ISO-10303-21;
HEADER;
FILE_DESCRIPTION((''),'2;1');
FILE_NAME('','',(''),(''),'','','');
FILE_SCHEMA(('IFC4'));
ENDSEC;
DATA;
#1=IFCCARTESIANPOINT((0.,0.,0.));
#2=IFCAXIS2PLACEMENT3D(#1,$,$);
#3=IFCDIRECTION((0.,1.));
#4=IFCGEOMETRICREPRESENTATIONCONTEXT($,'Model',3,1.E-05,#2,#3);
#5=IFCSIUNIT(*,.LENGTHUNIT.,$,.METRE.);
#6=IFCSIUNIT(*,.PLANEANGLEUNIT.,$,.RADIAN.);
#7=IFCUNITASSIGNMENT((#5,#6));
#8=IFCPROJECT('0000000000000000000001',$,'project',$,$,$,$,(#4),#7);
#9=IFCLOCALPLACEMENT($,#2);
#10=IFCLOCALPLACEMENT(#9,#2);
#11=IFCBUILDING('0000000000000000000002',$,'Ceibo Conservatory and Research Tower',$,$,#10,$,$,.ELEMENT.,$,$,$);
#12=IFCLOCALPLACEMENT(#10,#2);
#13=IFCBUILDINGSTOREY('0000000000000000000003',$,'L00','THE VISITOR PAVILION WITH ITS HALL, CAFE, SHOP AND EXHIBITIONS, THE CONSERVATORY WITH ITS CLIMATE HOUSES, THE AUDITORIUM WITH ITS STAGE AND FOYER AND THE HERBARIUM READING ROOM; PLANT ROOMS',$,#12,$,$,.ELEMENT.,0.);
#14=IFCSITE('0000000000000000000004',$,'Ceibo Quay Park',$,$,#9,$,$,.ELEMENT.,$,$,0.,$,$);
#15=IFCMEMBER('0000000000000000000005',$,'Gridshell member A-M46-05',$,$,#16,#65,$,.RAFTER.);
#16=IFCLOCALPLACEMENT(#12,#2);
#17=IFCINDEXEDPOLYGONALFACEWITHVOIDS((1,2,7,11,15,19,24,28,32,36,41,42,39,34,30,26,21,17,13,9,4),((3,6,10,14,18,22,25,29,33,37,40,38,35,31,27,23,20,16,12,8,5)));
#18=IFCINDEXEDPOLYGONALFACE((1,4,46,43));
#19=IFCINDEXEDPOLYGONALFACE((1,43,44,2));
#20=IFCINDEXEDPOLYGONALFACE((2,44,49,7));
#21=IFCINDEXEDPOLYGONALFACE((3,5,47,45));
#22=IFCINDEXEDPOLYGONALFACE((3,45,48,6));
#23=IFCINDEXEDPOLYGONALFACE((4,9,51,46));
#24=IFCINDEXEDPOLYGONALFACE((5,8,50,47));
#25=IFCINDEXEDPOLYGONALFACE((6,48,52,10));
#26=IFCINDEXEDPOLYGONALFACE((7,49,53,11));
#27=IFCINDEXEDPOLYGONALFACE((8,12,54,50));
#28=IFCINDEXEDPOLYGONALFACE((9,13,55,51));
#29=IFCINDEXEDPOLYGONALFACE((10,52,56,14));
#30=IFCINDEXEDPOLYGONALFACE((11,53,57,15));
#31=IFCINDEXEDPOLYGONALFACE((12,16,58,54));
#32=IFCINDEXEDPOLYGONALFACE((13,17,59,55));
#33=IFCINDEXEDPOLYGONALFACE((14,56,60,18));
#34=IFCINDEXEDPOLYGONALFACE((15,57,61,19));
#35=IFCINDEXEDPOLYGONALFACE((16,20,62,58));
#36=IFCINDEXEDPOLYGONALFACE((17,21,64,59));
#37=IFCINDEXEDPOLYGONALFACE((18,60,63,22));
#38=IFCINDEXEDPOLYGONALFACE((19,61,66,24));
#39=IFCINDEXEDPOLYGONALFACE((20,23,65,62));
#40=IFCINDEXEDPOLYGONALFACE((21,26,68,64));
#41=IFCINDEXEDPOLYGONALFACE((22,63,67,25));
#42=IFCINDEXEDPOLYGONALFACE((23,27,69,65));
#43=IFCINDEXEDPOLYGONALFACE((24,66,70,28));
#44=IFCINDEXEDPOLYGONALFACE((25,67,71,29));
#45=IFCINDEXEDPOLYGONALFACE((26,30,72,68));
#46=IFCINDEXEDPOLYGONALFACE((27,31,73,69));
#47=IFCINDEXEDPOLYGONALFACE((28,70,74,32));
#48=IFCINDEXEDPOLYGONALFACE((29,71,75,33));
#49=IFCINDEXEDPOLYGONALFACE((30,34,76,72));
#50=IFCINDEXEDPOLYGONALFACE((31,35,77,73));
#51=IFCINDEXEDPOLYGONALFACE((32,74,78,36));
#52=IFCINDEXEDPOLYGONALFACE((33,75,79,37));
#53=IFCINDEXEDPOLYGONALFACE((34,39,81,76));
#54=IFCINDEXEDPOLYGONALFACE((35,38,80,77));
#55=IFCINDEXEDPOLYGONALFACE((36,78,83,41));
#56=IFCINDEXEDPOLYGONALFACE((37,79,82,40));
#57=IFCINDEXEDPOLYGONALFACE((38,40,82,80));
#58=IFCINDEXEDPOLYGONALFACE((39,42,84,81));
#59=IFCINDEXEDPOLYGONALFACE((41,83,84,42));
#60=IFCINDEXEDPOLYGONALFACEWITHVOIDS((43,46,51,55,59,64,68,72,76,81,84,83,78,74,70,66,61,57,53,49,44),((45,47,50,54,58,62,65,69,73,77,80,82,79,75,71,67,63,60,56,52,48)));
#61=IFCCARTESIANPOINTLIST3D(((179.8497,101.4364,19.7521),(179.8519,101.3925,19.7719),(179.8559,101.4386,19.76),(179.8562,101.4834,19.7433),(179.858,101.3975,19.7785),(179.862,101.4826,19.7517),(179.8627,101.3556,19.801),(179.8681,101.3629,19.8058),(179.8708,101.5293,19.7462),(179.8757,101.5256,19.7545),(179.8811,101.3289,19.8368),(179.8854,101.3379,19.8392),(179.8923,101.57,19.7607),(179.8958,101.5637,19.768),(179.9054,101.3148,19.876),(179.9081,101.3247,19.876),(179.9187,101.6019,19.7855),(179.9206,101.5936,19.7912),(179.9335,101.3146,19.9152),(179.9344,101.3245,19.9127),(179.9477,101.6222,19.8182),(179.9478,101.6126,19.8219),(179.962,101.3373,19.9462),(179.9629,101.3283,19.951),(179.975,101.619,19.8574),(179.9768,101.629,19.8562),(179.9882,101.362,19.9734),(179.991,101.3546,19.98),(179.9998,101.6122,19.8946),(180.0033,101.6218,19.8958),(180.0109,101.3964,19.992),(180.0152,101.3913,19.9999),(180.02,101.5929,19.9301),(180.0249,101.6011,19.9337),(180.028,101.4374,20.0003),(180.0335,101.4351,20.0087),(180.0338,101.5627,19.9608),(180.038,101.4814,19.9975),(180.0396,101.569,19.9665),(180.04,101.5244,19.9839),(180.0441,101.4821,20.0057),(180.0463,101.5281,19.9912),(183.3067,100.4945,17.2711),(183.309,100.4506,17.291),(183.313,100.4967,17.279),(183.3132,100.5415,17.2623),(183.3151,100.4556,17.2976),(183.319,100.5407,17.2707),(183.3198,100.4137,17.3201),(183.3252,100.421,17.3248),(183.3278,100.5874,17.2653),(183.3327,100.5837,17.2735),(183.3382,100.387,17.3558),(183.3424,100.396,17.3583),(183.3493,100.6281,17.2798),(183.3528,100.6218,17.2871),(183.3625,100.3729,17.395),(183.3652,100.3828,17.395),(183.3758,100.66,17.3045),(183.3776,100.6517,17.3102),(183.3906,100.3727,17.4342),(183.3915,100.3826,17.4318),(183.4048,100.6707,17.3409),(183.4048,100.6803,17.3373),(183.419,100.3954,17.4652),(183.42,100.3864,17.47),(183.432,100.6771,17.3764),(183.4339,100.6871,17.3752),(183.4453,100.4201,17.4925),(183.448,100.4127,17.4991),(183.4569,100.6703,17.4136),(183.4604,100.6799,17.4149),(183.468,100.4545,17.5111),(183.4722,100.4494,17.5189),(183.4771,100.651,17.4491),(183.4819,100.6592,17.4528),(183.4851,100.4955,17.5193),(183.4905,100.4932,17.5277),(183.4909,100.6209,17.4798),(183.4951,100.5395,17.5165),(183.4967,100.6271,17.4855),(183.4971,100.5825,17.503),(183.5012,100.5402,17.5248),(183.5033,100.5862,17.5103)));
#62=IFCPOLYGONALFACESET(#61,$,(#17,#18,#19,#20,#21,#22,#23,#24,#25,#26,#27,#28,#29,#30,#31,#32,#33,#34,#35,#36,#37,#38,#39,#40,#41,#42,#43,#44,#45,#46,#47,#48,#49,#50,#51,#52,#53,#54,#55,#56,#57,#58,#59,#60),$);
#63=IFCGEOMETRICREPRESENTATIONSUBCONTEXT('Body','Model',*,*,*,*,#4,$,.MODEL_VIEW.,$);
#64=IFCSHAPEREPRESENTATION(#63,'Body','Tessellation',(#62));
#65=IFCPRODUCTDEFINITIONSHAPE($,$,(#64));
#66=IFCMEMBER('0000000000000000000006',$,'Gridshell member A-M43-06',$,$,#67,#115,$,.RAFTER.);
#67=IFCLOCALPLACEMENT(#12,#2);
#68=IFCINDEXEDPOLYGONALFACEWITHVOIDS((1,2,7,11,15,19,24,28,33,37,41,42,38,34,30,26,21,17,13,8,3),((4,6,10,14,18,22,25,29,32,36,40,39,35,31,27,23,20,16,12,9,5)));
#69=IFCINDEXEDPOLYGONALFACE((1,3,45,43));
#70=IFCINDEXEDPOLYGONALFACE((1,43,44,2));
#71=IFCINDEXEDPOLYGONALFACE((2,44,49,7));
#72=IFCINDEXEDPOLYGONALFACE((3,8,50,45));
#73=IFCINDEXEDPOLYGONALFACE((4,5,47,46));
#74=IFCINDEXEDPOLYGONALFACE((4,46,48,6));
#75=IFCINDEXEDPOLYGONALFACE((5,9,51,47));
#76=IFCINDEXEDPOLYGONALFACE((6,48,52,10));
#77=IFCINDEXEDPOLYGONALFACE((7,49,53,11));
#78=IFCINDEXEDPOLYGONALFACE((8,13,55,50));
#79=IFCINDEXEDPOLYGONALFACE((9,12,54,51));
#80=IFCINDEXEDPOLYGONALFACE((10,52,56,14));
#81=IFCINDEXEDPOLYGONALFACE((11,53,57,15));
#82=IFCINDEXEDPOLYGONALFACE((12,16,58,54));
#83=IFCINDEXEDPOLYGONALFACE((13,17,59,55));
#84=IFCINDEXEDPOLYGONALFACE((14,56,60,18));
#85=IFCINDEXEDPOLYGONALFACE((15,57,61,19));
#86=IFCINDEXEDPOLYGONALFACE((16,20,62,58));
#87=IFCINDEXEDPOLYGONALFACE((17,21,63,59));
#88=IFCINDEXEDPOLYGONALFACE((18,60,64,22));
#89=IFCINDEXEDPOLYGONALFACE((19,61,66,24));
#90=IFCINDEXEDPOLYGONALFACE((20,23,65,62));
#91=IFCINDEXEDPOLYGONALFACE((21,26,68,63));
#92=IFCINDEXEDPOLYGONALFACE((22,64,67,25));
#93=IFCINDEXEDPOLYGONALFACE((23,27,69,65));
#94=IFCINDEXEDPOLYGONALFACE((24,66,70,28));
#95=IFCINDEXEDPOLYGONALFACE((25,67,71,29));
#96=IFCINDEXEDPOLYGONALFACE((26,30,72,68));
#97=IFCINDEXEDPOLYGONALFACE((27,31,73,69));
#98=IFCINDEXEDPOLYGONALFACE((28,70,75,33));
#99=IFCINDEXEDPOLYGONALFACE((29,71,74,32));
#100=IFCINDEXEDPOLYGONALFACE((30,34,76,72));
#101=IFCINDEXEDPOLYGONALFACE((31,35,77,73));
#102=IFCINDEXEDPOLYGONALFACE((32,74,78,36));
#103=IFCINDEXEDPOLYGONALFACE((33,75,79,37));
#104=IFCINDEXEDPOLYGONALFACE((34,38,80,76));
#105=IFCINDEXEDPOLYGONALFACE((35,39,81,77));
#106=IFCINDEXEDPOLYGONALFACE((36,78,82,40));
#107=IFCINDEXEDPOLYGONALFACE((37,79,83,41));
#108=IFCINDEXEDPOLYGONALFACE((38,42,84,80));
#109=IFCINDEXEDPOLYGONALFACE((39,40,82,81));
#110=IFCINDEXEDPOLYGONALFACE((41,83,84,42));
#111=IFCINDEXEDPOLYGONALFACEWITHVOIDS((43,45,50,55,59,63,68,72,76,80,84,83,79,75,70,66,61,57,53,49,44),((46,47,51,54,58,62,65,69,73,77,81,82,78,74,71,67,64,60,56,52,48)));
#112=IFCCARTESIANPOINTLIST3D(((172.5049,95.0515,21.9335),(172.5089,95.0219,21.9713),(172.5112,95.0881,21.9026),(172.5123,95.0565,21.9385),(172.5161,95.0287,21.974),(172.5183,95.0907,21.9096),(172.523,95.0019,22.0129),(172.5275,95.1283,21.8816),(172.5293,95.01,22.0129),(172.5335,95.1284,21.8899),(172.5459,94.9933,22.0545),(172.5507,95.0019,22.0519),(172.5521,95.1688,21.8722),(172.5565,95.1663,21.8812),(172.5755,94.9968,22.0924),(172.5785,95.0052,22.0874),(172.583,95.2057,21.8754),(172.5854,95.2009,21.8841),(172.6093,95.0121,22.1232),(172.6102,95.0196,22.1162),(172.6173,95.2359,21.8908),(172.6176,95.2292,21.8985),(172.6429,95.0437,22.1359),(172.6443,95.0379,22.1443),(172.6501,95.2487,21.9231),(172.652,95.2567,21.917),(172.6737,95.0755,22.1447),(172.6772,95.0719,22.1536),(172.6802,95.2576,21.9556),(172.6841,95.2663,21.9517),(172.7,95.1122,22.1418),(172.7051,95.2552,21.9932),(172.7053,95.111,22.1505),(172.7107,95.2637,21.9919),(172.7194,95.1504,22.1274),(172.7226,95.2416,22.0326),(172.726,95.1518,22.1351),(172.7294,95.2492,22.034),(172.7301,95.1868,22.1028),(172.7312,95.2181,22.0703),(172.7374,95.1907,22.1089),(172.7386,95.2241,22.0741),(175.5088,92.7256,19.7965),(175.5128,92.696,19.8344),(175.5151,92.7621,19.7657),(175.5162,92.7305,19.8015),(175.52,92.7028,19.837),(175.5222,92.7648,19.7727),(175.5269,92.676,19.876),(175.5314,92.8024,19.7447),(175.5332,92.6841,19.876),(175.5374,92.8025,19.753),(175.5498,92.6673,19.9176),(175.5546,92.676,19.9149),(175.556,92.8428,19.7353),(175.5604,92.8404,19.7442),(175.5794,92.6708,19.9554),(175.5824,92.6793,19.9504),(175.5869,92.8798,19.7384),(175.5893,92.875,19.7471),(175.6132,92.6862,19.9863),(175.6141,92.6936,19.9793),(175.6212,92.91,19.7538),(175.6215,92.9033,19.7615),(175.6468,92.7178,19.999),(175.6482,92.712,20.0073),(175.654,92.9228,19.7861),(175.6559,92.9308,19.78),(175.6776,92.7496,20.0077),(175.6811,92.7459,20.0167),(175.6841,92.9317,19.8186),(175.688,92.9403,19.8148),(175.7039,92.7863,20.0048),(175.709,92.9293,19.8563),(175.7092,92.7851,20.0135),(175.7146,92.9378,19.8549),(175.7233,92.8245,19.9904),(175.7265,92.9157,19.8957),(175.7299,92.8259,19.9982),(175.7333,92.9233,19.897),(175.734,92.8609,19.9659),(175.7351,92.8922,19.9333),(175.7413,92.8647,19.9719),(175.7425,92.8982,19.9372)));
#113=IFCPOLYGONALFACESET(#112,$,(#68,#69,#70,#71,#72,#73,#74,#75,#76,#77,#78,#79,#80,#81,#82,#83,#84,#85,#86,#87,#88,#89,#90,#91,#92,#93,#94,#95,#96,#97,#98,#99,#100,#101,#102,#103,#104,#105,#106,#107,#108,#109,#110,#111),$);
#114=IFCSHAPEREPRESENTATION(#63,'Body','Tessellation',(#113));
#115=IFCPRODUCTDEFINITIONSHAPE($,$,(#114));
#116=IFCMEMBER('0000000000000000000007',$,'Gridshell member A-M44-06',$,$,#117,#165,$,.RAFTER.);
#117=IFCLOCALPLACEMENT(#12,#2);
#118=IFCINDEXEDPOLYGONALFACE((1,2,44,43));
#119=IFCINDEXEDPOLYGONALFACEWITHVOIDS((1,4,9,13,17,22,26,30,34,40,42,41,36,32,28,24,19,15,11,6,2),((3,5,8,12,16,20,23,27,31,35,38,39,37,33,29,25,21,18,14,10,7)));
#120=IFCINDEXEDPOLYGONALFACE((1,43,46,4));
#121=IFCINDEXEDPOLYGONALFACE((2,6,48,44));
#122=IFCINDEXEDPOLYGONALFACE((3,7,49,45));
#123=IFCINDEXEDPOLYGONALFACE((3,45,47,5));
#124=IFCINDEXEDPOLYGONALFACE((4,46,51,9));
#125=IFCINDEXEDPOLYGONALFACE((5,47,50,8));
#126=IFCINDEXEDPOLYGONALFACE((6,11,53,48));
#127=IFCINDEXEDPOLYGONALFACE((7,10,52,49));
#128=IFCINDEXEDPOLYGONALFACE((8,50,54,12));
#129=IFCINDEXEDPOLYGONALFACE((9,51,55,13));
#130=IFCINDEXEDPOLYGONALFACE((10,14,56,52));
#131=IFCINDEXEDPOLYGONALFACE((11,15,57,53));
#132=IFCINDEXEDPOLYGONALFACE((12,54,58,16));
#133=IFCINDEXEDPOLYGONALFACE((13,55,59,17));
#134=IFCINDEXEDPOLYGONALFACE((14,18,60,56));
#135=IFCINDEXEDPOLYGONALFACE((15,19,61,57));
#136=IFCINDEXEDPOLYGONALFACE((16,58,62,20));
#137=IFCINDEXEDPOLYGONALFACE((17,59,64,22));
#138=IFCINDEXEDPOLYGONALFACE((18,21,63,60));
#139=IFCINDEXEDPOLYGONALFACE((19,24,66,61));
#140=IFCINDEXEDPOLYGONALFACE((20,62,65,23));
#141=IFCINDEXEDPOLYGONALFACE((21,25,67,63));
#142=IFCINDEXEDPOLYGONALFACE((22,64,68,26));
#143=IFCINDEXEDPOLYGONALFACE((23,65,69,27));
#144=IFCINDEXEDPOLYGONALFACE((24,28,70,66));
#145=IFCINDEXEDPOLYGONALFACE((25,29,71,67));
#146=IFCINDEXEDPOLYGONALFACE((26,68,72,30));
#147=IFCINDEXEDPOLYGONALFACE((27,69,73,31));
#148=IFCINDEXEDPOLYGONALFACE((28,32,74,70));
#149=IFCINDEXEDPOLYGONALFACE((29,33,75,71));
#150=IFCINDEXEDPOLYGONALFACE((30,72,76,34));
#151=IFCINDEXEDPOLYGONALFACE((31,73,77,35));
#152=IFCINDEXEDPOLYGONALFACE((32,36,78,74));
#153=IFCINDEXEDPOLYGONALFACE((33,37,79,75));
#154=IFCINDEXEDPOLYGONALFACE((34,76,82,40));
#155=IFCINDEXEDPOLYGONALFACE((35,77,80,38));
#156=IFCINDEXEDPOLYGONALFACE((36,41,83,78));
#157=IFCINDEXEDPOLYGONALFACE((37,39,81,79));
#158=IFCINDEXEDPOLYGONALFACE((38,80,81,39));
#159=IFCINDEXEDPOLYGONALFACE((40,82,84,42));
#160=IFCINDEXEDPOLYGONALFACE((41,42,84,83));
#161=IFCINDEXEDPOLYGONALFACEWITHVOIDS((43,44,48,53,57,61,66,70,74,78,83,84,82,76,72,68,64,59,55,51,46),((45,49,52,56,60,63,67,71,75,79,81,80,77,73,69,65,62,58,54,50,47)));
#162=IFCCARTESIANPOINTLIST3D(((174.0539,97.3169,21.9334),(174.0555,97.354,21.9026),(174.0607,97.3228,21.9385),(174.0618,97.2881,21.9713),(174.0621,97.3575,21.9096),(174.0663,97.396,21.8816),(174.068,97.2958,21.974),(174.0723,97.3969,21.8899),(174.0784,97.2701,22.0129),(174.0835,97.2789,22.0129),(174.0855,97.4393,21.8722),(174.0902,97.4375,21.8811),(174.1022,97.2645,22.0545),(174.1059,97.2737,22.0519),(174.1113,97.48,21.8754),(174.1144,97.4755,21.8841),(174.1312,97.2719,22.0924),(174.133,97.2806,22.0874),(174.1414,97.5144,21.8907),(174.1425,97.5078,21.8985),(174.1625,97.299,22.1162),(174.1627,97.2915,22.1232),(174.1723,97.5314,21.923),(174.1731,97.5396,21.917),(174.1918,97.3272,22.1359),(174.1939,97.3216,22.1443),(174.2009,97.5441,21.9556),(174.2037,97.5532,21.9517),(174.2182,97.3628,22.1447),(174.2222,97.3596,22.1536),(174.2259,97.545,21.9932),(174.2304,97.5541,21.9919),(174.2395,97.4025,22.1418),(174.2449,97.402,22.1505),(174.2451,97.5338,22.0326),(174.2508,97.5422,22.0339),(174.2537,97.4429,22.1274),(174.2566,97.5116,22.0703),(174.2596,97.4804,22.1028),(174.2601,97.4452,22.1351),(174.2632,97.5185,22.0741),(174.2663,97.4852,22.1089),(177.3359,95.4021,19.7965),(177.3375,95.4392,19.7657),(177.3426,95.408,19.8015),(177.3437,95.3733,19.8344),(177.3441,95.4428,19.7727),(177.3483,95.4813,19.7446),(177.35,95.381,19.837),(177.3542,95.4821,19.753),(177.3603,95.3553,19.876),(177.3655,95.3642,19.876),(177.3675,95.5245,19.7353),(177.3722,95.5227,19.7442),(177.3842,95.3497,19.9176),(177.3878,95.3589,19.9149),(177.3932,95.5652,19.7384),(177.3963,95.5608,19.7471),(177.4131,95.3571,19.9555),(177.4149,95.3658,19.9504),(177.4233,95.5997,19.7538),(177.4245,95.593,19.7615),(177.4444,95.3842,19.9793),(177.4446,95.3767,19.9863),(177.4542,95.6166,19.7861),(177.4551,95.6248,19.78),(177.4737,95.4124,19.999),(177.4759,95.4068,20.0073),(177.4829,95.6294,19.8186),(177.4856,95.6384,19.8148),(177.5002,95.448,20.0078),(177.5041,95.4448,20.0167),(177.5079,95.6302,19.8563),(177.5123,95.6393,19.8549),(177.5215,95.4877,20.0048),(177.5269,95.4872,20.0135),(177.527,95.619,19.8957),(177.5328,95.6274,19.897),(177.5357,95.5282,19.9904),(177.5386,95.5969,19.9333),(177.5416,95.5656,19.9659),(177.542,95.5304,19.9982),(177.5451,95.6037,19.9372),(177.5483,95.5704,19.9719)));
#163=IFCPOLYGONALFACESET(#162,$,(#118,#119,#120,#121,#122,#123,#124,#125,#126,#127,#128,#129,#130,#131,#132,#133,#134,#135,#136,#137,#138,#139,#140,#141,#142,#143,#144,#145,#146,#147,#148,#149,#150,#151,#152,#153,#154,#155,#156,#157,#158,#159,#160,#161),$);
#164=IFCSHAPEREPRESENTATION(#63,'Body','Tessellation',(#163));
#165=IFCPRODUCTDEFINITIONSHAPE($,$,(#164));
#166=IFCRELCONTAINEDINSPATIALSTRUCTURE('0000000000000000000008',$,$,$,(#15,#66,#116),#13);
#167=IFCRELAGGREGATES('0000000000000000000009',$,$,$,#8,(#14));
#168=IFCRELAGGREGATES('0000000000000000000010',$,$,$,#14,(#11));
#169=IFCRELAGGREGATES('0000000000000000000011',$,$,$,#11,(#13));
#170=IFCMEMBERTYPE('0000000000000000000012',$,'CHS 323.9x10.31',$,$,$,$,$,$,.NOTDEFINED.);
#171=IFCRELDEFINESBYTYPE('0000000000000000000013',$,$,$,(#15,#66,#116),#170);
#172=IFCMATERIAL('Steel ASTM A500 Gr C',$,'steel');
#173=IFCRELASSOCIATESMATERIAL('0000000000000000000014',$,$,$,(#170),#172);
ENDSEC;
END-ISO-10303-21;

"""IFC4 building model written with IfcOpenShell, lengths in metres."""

from ifc_helpers import new_model, si_unit, direction, frame, origin, origin_2d, place, context, subcontext, project, spatial, hollow_circle, extrude, material, material_profile, profile_set, type_object, element, save


model = new_model("IFC4")

# Units and contexts
model_context = context("Model", 3, precision=1e-05, world=origin(), true_north=direction((0.0, 1.0)))
body_context = subcontext(model_context, "Body", "Model", "MODEL_VIEW")
ifc_project = project(units=[si_unit("LENGTHUNIT", "METRE"), si_unit("PLANEANGLEUNIT", "RADIAN")], contexts=[model_context])

# Site, building, storey
site_placement = place(None, origin())
site = spatial("IfcSite", under=ifc_project, at=site_placement, Name="Ceibo Quay Park", CompositionType="ELEMENT", RefElevation=0.0)
building_placement = place(site_placement, origin())
building = spatial("IfcBuilding", under=site, at=building_placement, Name="Ceibo Conservatory and Research Tower", CompositionType="ELEMENT")
storey_placement = place(building_placement, origin())
storey = spatial("IfcBuildingStorey", under=building, at=storey_placement, Name="L00", Description="THE VISITOR PAVILION WITH ITS HALL, CAFE, SHOP AND EXHIBITIONS, THE CONSERVATORY WITH ITS CLIMATE HOUSES, THE AUDITORIUM WITH ITS STAGE AND FOYER AND THE HERBARIUM READING ROOM; PLANT ROOMS", CompositionType="ELEMENT", Elevation=0.0)

# Members
ifc_material_1 = material(Name="Steel ASTM A500 Gr C", Category="steel")
ifc_material_profile_1 = material_profile(ifc_material_1, hollow_circle(Radius=0.1619, WallThickness=0.0103, at=origin_2d()), Name="CHS 323.9x10.31")
ifc_profile_set_1 = profile_set([ifc_material_profile_1], Name="Steel ASTM A500 Gr C")
member_type_1 = type_object("IfcMemberType", Name="CHS 323.9x10.31", PredefinedType="NOTDEFINED", material=ifc_profile_set_1)
member_1_placement = place(storey_placement, frame((183.405, 100.5291, 17.395), z_axis=(-0.793236, 0.216123, 0.56927), x_axis=(-0.262875, -0.96483, 0.0)))
element("IfcMember", 1, at=member_1_placement, inside=storey, type_object=member_type_1, Name="Gridshell member A-M46-05", PredefinedType="RAFTER", context=body_context, shape_type="SweptSolid", body=[
    extrude(hollow_circle(Radius=0.1619, WallThickness=0.0103, at=origin_2d()), origin(), (0.0, 0.0, 1.0), 4.3582),
])
member_2_placement = place(storey_placement, frame((175.626, 92.804, 19.876), z_axis=(-0.689143, 0.533604, 0.490253), x_axis=(-0.612226, -0.790683, 0.0)))
element("IfcMember", 2, at=member_2_placement, inside=storey, type_object=member_type_1, Name="Gridshell member A-M43-06", PredefinedType="RAFTER", context=body_context, shape_type="SweptSolid", body=[
    extrude(hollow_circle(Radius=0.1619, WallThickness=0.0103, at=origin_2d()), origin(), (0.0, 0.0, 1.0), 4.3589),
])
member_3_placement = place(storey_placement, frame((177.4419, 95.4951, 19.876), z_axis=(-0.75285, 0.439233, 0.490195), x_axis=(-0.503931, -0.863744, 0.0)))
element("IfcMember", 3, at=member_3_placement, inside=storey, type_object=member_type_1, Name="Gridshell member A-M44-06", PredefinedType="RAFTER", context=body_context, shape_type="SweptSolid", body=[
    extrude(hollow_circle(Radius=0.1619, WallThickness=0.0103, at=origin_2d()), origin(), (0.0, 0.0, 1.0), 4.3594),
])

save(model, "model.ifc")
